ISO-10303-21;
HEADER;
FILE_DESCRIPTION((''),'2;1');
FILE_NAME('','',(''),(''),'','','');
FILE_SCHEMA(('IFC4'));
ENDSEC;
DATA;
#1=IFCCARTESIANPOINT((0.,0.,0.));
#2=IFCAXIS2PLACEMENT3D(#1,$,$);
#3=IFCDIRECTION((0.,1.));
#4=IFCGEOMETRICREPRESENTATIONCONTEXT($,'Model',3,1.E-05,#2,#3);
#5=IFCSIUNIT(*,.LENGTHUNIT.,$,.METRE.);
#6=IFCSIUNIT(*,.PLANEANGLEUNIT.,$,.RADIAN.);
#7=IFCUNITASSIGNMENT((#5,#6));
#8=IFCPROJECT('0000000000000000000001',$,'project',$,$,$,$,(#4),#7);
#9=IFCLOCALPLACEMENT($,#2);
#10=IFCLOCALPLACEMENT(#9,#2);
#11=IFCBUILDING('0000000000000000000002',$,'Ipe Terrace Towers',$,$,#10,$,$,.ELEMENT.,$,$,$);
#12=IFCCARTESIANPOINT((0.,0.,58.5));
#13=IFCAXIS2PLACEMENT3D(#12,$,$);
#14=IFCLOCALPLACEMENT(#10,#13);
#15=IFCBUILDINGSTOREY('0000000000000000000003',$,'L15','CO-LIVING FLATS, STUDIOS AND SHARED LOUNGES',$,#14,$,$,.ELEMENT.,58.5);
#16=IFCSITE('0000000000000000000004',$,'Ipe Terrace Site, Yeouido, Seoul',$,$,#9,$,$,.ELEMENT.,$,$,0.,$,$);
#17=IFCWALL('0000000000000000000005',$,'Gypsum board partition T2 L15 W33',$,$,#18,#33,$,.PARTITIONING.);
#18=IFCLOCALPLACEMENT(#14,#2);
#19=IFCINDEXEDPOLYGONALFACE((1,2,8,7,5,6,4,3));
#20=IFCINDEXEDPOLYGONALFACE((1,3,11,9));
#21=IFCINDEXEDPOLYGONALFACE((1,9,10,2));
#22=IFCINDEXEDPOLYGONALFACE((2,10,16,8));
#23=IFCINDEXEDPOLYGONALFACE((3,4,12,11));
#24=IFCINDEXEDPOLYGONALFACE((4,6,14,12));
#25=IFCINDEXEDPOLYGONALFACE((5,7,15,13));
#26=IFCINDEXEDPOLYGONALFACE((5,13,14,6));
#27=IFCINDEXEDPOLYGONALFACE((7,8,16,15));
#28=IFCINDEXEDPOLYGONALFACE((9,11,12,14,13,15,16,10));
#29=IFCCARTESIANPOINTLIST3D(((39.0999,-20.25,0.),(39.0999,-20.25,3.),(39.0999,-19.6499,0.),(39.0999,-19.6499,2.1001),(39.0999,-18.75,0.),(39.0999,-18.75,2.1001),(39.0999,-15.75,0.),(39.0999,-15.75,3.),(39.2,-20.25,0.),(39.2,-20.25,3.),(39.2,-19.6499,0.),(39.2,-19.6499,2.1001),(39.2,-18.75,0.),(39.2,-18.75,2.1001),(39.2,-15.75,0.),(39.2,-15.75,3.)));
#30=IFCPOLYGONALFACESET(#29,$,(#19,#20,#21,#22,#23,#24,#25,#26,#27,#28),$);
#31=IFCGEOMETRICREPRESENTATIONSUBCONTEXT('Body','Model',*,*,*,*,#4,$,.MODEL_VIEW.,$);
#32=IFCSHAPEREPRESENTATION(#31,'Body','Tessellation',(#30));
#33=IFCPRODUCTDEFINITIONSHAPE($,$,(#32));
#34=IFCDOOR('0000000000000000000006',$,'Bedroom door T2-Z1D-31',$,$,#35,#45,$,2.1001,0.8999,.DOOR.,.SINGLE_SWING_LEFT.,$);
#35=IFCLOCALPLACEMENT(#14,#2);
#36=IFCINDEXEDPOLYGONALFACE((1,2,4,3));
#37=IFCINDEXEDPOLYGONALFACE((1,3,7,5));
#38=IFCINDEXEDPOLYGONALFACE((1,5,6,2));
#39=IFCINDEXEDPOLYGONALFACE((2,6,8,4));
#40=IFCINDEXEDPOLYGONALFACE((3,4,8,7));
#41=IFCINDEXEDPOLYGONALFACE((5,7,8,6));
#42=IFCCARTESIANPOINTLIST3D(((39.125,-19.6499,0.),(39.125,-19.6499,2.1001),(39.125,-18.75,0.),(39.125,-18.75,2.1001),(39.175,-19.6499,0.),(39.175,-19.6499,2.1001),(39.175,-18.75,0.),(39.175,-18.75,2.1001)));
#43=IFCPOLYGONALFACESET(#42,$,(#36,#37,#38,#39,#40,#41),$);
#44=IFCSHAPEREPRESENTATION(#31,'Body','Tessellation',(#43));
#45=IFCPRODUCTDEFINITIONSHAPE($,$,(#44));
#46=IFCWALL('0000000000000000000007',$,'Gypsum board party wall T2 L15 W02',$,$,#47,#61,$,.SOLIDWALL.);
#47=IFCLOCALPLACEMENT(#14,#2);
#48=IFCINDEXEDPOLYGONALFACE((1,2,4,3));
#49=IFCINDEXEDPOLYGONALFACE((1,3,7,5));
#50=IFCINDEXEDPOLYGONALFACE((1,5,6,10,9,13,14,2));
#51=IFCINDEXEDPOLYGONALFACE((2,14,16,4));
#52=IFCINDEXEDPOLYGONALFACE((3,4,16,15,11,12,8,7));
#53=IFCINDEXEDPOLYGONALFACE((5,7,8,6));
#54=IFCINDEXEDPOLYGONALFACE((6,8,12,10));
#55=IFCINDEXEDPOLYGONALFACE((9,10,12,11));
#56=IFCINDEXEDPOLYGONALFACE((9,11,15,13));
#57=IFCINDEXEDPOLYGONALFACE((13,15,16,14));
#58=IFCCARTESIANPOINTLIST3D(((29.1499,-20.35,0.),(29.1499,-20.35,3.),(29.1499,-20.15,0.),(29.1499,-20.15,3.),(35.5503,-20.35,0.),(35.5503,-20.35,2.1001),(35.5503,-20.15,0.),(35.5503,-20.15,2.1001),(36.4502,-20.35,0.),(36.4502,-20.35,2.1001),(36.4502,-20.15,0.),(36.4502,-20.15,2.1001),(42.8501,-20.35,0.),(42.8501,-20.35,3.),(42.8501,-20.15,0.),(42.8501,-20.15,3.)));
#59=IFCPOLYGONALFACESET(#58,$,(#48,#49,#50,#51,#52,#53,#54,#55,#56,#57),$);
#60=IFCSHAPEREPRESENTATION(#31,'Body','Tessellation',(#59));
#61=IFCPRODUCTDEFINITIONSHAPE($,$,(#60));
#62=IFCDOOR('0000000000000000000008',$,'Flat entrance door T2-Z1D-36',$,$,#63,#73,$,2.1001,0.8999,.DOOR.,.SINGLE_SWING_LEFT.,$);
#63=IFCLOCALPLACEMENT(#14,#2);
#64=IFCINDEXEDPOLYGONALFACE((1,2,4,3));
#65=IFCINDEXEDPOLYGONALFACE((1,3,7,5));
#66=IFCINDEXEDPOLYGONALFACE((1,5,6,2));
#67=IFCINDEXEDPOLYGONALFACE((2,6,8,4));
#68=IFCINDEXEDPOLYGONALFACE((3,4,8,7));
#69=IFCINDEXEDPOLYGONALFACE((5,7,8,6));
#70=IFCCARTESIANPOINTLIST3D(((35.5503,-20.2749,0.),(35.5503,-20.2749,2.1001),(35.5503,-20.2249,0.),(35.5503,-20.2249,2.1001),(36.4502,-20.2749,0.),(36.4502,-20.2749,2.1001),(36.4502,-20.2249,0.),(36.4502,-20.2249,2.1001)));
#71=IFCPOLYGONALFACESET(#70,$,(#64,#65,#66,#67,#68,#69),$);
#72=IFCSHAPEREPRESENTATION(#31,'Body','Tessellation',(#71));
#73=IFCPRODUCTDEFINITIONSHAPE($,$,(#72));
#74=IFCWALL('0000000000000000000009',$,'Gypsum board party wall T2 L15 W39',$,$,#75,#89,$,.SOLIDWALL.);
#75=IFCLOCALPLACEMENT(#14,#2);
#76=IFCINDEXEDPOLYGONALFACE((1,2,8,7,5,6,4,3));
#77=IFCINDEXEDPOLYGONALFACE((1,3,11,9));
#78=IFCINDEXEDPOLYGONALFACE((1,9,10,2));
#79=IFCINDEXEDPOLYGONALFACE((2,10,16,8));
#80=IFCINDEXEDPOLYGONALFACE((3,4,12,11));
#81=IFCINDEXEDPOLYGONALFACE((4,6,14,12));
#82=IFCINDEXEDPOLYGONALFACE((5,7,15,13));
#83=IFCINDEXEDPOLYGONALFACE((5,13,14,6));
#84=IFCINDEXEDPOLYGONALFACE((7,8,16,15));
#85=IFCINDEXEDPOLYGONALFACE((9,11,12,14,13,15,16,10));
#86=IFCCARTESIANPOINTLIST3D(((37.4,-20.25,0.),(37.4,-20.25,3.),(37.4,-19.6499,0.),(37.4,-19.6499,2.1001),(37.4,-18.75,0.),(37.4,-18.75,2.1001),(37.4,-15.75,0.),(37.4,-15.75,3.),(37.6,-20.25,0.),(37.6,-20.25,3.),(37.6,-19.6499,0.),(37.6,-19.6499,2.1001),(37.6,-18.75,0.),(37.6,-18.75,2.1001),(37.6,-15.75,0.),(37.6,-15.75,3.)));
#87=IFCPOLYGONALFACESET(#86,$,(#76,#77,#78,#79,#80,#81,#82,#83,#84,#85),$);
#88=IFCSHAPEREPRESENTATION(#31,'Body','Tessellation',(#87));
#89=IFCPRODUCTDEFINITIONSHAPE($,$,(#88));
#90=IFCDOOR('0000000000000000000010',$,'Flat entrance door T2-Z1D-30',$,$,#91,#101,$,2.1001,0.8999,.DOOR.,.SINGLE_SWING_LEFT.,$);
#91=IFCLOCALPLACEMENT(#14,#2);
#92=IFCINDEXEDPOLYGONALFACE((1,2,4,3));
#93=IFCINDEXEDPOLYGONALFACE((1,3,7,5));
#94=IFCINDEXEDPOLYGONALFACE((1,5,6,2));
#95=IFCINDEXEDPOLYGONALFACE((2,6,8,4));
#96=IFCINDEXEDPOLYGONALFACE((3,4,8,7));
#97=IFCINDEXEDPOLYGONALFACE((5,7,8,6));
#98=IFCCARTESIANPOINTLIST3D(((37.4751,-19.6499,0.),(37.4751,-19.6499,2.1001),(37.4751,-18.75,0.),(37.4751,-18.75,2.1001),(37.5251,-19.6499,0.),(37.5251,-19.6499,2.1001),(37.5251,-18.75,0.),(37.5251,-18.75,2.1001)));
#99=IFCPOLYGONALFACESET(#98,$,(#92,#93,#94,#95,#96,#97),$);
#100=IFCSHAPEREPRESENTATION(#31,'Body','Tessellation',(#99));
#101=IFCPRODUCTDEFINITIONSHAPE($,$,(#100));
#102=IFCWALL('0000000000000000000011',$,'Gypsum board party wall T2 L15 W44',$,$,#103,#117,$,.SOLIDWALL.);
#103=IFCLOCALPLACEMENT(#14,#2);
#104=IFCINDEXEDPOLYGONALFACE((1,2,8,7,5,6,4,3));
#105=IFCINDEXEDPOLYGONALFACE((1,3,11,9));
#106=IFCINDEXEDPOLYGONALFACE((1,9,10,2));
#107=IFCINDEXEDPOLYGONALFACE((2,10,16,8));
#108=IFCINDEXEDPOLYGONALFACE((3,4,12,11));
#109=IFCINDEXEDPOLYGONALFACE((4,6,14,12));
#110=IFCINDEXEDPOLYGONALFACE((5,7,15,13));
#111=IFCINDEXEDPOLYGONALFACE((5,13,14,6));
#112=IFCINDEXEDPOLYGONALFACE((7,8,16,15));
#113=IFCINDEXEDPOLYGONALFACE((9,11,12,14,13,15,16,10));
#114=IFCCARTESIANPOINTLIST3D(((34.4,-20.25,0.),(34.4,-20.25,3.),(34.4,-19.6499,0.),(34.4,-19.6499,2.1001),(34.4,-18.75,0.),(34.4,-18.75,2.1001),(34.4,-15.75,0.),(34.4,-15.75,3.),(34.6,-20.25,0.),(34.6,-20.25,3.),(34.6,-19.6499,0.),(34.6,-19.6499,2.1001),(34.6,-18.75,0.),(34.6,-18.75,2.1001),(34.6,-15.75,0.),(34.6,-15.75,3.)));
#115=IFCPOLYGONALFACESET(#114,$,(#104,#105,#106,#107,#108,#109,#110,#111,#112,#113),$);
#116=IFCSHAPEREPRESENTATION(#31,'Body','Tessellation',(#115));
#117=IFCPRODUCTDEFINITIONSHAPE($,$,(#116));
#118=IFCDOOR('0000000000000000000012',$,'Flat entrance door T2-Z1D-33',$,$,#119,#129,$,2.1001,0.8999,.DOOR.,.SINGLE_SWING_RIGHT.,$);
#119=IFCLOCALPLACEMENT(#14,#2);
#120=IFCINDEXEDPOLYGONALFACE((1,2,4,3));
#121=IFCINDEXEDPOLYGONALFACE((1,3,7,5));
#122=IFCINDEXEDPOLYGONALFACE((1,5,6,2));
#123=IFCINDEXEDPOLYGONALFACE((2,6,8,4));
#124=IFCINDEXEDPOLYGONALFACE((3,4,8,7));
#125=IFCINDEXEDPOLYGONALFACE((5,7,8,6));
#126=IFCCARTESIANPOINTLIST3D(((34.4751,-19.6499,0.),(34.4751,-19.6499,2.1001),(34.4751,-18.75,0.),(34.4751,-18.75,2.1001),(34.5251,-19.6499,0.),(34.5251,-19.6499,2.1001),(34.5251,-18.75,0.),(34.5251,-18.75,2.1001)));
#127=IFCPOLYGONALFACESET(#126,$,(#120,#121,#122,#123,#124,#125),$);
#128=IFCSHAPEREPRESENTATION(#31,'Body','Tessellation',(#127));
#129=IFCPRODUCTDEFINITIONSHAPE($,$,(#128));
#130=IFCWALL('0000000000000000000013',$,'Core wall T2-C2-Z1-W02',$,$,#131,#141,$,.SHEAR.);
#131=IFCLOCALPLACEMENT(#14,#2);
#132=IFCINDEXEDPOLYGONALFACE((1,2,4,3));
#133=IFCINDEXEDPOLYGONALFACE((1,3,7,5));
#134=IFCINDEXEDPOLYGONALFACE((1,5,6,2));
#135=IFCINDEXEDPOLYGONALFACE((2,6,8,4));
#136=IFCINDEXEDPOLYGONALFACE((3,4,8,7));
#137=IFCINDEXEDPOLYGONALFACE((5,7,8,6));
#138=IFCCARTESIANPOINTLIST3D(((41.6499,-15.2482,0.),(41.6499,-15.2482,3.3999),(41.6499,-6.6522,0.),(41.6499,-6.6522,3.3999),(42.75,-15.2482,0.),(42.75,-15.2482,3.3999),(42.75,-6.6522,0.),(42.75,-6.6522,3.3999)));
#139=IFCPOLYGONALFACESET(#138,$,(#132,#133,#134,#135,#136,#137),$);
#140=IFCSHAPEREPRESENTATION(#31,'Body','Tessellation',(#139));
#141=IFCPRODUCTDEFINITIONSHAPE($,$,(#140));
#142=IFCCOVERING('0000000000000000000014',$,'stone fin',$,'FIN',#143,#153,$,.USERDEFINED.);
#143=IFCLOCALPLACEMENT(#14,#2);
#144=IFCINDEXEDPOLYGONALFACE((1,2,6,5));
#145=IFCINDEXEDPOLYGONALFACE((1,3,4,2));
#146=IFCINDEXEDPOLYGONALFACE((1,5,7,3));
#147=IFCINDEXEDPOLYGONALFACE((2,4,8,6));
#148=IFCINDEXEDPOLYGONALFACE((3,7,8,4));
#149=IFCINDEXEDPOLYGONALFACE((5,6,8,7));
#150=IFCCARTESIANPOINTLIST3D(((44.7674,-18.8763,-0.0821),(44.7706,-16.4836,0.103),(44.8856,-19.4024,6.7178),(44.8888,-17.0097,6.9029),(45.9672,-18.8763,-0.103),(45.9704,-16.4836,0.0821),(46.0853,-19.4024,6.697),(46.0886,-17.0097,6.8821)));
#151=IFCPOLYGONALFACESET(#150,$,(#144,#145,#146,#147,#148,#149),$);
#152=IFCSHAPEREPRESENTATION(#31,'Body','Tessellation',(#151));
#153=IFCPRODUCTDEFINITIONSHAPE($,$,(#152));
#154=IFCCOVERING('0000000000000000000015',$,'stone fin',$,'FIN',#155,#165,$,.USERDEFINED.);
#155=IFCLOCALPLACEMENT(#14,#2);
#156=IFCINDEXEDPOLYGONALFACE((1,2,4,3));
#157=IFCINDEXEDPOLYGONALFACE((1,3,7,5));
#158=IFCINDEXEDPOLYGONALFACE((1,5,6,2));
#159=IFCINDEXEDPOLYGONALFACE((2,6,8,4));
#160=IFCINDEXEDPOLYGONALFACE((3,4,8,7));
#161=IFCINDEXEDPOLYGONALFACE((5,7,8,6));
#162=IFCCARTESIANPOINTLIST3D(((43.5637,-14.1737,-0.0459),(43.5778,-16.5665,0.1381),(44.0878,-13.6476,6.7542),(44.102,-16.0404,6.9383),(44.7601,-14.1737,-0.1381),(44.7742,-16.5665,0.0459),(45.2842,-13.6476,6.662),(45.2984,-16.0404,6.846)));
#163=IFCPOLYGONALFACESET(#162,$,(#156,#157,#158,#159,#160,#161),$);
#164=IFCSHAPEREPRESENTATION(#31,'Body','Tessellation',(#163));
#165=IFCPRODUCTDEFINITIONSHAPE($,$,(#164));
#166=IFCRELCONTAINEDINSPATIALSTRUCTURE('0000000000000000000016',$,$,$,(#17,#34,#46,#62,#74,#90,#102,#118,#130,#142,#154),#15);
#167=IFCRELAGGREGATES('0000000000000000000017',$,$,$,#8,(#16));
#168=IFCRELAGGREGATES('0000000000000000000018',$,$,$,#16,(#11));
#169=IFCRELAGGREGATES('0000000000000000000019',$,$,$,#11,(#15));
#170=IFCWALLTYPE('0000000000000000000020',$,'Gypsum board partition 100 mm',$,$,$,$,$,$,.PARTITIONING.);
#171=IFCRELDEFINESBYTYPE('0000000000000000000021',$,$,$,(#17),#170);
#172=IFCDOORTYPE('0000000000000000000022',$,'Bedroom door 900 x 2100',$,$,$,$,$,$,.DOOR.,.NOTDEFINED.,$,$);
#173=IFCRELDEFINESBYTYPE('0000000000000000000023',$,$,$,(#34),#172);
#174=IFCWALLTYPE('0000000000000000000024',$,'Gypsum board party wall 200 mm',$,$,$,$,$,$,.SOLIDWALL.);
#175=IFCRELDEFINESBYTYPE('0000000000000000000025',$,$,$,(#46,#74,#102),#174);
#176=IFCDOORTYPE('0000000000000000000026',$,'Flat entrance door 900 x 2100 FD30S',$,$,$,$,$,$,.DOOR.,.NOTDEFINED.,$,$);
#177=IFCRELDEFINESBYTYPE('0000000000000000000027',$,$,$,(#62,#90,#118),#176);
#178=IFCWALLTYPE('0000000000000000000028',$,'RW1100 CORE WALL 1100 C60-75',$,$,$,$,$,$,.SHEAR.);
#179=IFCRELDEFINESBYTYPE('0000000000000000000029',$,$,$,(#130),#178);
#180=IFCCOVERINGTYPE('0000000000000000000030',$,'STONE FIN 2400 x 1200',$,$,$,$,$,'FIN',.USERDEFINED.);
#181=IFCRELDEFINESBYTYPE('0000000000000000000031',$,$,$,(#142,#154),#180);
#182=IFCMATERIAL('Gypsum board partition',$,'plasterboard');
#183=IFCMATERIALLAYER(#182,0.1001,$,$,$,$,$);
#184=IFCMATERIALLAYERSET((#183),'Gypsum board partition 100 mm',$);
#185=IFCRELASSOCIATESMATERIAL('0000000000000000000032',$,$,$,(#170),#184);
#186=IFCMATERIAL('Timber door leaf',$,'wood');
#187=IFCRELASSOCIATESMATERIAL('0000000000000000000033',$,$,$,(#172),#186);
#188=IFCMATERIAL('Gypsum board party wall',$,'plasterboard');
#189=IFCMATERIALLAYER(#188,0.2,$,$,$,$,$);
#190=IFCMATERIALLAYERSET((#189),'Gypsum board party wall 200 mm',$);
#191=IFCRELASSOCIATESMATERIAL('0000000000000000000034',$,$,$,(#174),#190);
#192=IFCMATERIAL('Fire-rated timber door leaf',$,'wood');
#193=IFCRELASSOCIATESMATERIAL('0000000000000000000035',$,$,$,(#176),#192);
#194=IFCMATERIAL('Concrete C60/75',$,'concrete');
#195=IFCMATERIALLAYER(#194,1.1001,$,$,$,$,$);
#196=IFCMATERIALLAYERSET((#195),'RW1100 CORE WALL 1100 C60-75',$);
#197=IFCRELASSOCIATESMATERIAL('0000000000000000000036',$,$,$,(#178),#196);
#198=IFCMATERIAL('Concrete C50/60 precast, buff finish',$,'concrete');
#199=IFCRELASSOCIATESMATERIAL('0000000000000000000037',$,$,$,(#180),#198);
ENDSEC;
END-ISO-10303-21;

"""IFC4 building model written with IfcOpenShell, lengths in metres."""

from ifc_helpers import new_model, si_unit, direction, frame, frame_2d, origin, origin_2d, place, context, subcontext, project, spatial, rectangle, extrude, material, layer, layer_set, material_profile, profile_set, type_object, element, fill, save


model = new_model("IFC4")

# Units and contexts
model_context = context("Model", 3, precision=1e-05, world=origin(), true_north=direction((0.0, 1.0)))
body_context = subcontext(model_context, "Body", "Model", "MODEL_VIEW")
ifc_project = project(units=[si_unit("LENGTHUNIT", "METRE"), si_unit("PLANEANGLEUNIT", "RADIAN")], contexts=[model_context])

# Site, building, storey
site_placement = place(None, origin())
site = spatial("IfcSite", under=ifc_project, at=site_placement, Name="Ipe Terrace Site, Yeouido, Seoul", CompositionType="ELEMENT", RefElevation=0.0)
building_placement = place(site_placement, origin())
building = spatial("IfcBuilding", under=site, at=building_placement, Name="Ipe Terrace Towers", CompositionType="ELEMENT")
storey_placement = place(building_placement, frame((0.0, 0.0, 58.5)))
storey = spatial("IfcBuildingStorey", under=building, at=storey_placement, Name="L15", Description="CO-LIVING FLATS, STUDIOS AND SHARED LOUNGES", CompositionType="ELEMENT", Elevation=58.5)

# Walls, openings, doors
ifc_material_1 = material(Name="Gypsum board partition", Category="plasterboard")
ifc_layer_1 = layer(ifc_material_1, 0.1001)
ifc_layer_set_1 = layer_set([ifc_layer_1], Name="Gypsum board partition 100 mm")
wall_type_1 = type_object("IfcWallType", Name="Gypsum board partition 100 mm", PredefinedType="PARTITIONING", material=ifc_layer_set_1)
wall_1_placement = place(storey_placement, frame((39.1499, -20.25, 0.0), z_axis=(0.0, 0.0, 1.0), x_axis=(0.0, 1.0, 0.0)))
wall_1 = element("IfcWall", 1, at=wall_1_placement, inside=storey, type_object=wall_type_1, Name="Gypsum board partition T2 L15 W33", PredefinedType="PARTITIONING", context=body_context, shape_type="SweptSolid", body=[
    extrude(rectangle(XDim=4.5, YDim=0.1001, at=frame_2d((2.25, 0.0))), origin(), (0.0, 0.0, 1.0), 3.0),
])
opening_1_placement = place(wall_1_placement, frame((0.6001, 0.0, 0.0)))
opening_1 = element("IfcOpeningElement", 2, at=opening_1_placement, cuts=wall_1, PredefinedType="OPENING", context=body_context, shape_type="SweptSolid", body=[
    extrude(rectangle(XDim=0.8999, YDim=2.1001, at=frame_2d((0.45, 1.05))), frame((0.0, 0.0601, 0.0), z_axis=(0.0, -1.0, 0.0), x_axis=(1.0, 0.0, 0.0)), (0.0, 0.0, 1.0), 0.1201),
])
ifc_material_2 = material(Name="Timber door leaf", Category="wood")
door_type_1 = type_object("IfcDoorType", Name="Bedroom door 900 x 2100", OperationType="NOTDEFINED", PredefinedType="DOOR", material=ifc_material_2)
door_1_placement = place(opening_1_placement, origin())
door_1 = element("IfcDoor", 3, at=door_1_placement, inside=storey, type_object=door_type_1, Name="Bedroom door T2-Z1D-31", OperationType="SINGLE_SWING_LEFT", OverallHeight=2.1001, OverallWidth=0.8999, PredefinedType="DOOR", context=body_context, shape_type="SweptSolid", body=[
    extrude(rectangle(XDim=0.8999, YDim=2.1001, at=frame_2d((0.45, 1.05))), frame((0.0, 0.0249, 0.0), z_axis=(0.0, -1.0, 0.0), x_axis=(1.0, 0.0, 0.0)), (0.0, 0.0, 1.0), 0.05),
])
fill(opening_1, door_1)
ifc_material_3 = material(Name="Gypsum board party wall", Category="plasterboard")
ifc_layer_2 = layer(ifc_material_3, 0.2)
ifc_layer_set_2 = layer_set([ifc_layer_2], Name="Gypsum board party wall 200 mm")
wall_type_2 = type_object("IfcWallType", Name="Gypsum board party wall 200 mm", PredefinedType="SOLIDWALL", material=ifc_layer_set_2)
wall_2_placement = place(storey_placement, frame((42.8501, -20.25, 0.0), z_axis=(0.0, 0.0, 1.0), x_axis=(-1.0, 0.0, 0.0)))
wall_2 = element("IfcWall", 4, at=wall_2_placement, inside=storey, type_object=wall_type_2, Name="Gypsum board party wall T2 L15 W02", PredefinedType="SOLIDWALL", context=body_context, shape_type="SweptSolid", body=[
    extrude(rectangle(XDim=13.7002, YDim=0.2, at=frame_2d((6.8501, 0.0))), origin(), (0.0, 0.0, 1.0), 3.0),
])
opening_2_placement = place(wall_2_placement, frame((6.3999, 0.0, 0.0)))
opening_2 = element("IfcOpeningElement", 5, at=opening_2_placement, cuts=wall_2, PredefinedType="OPENING", context=body_context, shape_type="SweptSolid", body=[
    extrude(rectangle(XDim=0.8999, YDim=2.1001, at=frame_2d((0.45, 1.05))), frame((0.0, 0.1099, 0.0), z_axis=(0.0, -1.0, 0.0), x_axis=(1.0, 0.0, 0.0)), (0.0, 0.0, 1.0), 0.22),
])
ifc_material_4 = material(Name="Fire-rated timber door leaf", Category="wood")
door_type_2 = type_object("IfcDoorType", Name="Flat entrance door 900 x 2100 FD30S", OperationType="NOTDEFINED", PredefinedType="DOOR", material=ifc_material_4)
door_2_placement = place(opening_2_placement, origin())
door_2 = element("IfcDoor", 6, at=door_2_placement, inside=storey, type_object=door_type_2, Name="Flat entrance door T2-Z1D-36", OperationType="SINGLE_SWING_LEFT", OverallHeight=2.1001, OverallWidth=0.8999, PredefinedType="DOOR", context=body_context, shape_type="SweptSolid", body=[
    extrude(rectangle(XDim=0.8999, YDim=2.1001, at=frame_2d((0.45, 1.05))), frame((0.0, 0.0249, 0.0), z_axis=(0.0, -1.0, 0.0), x_axis=(1.0, 0.0, 0.0)), (0.0, 0.0, 1.0), 0.05),
])
fill(opening_2, door_2)
wall_3_placement = place(storey_placement, frame((37.5, -20.25, 0.0), z_axis=(0.0, 0.0, 1.0), x_axis=(0.0, 1.0, 0.0)))
wall_3 = element("IfcWall", 7, at=wall_3_placement, inside=storey, type_object=wall_type_2, Name="Gypsum board party wall T2 L15 W39", PredefinedType="SOLIDWALL", context=body_context, shape_type="SweptSolid", body=[
    extrude(rectangle(XDim=4.5, YDim=0.2, at=frame_2d((2.25, 0.0))), origin(), (0.0, 0.0, 1.0), 3.0),
])
opening_3_placement = place(wall_3_placement, frame((0.6001, 0.0, 0.0)))
opening_3 = element("IfcOpeningElement", 8, at=opening_3_placement, cuts=wall_3, PredefinedType="OPENING", context=body_context, shape_type="SweptSolid", body=[
    extrude(rectangle(XDim=0.8999, YDim=2.1001, at=frame_2d((0.45, 1.05))), frame((0.0, 0.1099, 0.0), z_axis=(0.0, -1.0, 0.0), x_axis=(1.0, 0.0, 0.0)), (0.0, 0.0, 1.0), 0.22),
])
door_3_placement = place(opening_3_placement, origin())
door_3 = element("IfcDoor", 9, at=door_3_placement, inside=storey, type_object=door_type_2, Name="Flat entrance door T2-Z1D-30", OperationType="SINGLE_SWING_LEFT", OverallHeight=2.1001, OverallWidth=0.8999, PredefinedType="DOOR", context=body_context, shape_type="SweptSolid", body=[
    extrude(rectangle(XDim=0.8999, YDim=2.1001, at=frame_2d((0.45, 1.05))), frame((0.0, 0.0249, 0.0), z_axis=(0.0, -1.0, 0.0), x_axis=(1.0, 0.0, 0.0)), (0.0, 0.0, 1.0), 0.05),
])
fill(opening_3, door_3)
wall_4_placement = place(storey_placement, frame((34.5, -20.25, 0.0), z_axis=(0.0, 0.0, 1.0), x_axis=(0.0, 1.0, 0.0)))
wall_4 = element("IfcWall", 10, at=wall_4_placement, inside=storey, type_object=wall_type_2, Name="Gypsum board party wall T2 L15 W44", PredefinedType="SOLIDWALL", context=body_context, shape_type="SweptSolid", body=[
    extrude(rectangle(XDim=4.5, YDim=0.2, at=frame_2d((2.25, 0.0))), origin(), (0.0, 0.0, 1.0), 3.0),
])
opening_4_placement = place(wall_4_placement, frame((0.6001, 0.0, 0.0)))
opening_4 = element("IfcOpeningElement", 11, at=opening_4_placement, cuts=wall_4, PredefinedType="OPENING", context=body_context, shape_type="SweptSolid", body=[
    extrude(rectangle(XDim=0.8999, YDim=2.1001, at=frame_2d((0.45, 1.05))), frame((0.0, 0.1099, 0.0), z_axis=(0.0, -1.0, 0.0), x_axis=(1.0, 0.0, 0.0)), (0.0, 0.0, 1.0), 0.22),
])
door_4_placement = place(opening_4_placement, origin())
door_4 = element("IfcDoor", 12, at=door_4_placement, inside=storey, type_object=door_type_2, Name="Flat entrance door T2-Z1D-33", OperationType="SINGLE_SWING_RIGHT", OverallHeight=2.1001, OverallWidth=0.8999, PredefinedType="DOOR", context=body_context, shape_type="SweptSolid", body=[
    extrude(rectangle(XDim=0.8999, YDim=2.1001, at=frame_2d((0.45, 1.05))), frame((0.0, 0.0249, 0.0), z_axis=(0.0, -1.0, 0.0), x_axis=(1.0, 0.0, 0.0)), (0.0, 0.0, 1.0), 0.05),
])
fill(opening_4, door_4)

# Wall
ifc_material_5 = material(Name="Concrete C60/75", Category="concrete")
ifc_layer_3 = layer(ifc_material_5, 1.1001)
ifc_layer_set_3 = layer_set([ifc_layer_3], Name="RW1100 CORE WALL 1100 C60-75")
wall_type_3 = type_object("IfcWallType", Name="RW1100 CORE WALL 1100 C60-75", PredefinedType="SHEAR", material=ifc_layer_set_3)
wall_5_placement = place(storey_placement, frame((42.2, -15.248, 0.0), z_axis=(0.0, 0.0, 1.0), x_axis=(0.0, 1.0, 0.0)))
element("IfcWall", 13, at=wall_5_placement, inside=storey, type_object=wall_type_3, Name="Core wall T2-C2-Z1-W02", PredefinedType="SHEAR", context=body_context, shape_type="SweptSolid", body=[
    extrude(rectangle(XDim=8.5959, YDim=1.1001, at=frame_2d((4.2979, 0.0))), origin(), (0.0, 0.0, 1.0), 3.3999),
])

# Coverings
ifc_material_6 = material(Name="Concrete C50/60 precast, buff finish", Category="concrete")
ifc_material_profile_1 = material_profile(ifc_material_6, rectangle(XDim=2.3999, YDim=1.2, at=origin_2d()), Name="STONE FIN 2400 x 1200")
ifc_profile_set_1 = profile_set([ifc_material_profile_1], Name="Concrete C50/60 precast, buff finish")
covering_type_1 = type_object("IfcCoveringType", Name="STONE FIN 2400 x 1200", ElementType="FIN", PredefinedType="USERDEFINED", material=ifc_profile_set_1)
covering_1_placement = place(storey_placement, frame((45.3689, -17.6799, 0.0), z_axis=(0.017323, -0.077128, 0.996871), x_axis=(0.00134, 0.997021, 0.077117)))
element("IfcCovering", 14, at=covering_1_placement, inside=storey, type_object=covering_type_1, Name="stone fin", ObjectType="FIN", PredefinedType="USERDEFINED", context=body_context, shape_type="SweptSolid", body=[
    extrude(rectangle(XDim=2.3999, YDim=1.2, at=origin_2d()), origin(), (0.0, 0.0, 1.0), 6.8213),
])
covering_2_placement = place(storey_placement, frame((44.1689, -15.3701, 0.0), z_axis=(0.076628, 0.076913, 0.994089), x_axis=(-0.005911, 0.997038, -0.076686)))
element("IfcCovering", 15, at=covering_2_placement, inside=storey, type_object=covering_type_1, Name="stone fin", ObjectType="FIN", PredefinedType="USERDEFINED", context=body_context, shape_type="SweptSolid", body=[
    extrude(rectangle(XDim=2.3999, YDim=1.2, at=origin_2d()), origin(), (0.0, 0.0, 1.0), 6.8406),
])

save(model, "model.ifc")
